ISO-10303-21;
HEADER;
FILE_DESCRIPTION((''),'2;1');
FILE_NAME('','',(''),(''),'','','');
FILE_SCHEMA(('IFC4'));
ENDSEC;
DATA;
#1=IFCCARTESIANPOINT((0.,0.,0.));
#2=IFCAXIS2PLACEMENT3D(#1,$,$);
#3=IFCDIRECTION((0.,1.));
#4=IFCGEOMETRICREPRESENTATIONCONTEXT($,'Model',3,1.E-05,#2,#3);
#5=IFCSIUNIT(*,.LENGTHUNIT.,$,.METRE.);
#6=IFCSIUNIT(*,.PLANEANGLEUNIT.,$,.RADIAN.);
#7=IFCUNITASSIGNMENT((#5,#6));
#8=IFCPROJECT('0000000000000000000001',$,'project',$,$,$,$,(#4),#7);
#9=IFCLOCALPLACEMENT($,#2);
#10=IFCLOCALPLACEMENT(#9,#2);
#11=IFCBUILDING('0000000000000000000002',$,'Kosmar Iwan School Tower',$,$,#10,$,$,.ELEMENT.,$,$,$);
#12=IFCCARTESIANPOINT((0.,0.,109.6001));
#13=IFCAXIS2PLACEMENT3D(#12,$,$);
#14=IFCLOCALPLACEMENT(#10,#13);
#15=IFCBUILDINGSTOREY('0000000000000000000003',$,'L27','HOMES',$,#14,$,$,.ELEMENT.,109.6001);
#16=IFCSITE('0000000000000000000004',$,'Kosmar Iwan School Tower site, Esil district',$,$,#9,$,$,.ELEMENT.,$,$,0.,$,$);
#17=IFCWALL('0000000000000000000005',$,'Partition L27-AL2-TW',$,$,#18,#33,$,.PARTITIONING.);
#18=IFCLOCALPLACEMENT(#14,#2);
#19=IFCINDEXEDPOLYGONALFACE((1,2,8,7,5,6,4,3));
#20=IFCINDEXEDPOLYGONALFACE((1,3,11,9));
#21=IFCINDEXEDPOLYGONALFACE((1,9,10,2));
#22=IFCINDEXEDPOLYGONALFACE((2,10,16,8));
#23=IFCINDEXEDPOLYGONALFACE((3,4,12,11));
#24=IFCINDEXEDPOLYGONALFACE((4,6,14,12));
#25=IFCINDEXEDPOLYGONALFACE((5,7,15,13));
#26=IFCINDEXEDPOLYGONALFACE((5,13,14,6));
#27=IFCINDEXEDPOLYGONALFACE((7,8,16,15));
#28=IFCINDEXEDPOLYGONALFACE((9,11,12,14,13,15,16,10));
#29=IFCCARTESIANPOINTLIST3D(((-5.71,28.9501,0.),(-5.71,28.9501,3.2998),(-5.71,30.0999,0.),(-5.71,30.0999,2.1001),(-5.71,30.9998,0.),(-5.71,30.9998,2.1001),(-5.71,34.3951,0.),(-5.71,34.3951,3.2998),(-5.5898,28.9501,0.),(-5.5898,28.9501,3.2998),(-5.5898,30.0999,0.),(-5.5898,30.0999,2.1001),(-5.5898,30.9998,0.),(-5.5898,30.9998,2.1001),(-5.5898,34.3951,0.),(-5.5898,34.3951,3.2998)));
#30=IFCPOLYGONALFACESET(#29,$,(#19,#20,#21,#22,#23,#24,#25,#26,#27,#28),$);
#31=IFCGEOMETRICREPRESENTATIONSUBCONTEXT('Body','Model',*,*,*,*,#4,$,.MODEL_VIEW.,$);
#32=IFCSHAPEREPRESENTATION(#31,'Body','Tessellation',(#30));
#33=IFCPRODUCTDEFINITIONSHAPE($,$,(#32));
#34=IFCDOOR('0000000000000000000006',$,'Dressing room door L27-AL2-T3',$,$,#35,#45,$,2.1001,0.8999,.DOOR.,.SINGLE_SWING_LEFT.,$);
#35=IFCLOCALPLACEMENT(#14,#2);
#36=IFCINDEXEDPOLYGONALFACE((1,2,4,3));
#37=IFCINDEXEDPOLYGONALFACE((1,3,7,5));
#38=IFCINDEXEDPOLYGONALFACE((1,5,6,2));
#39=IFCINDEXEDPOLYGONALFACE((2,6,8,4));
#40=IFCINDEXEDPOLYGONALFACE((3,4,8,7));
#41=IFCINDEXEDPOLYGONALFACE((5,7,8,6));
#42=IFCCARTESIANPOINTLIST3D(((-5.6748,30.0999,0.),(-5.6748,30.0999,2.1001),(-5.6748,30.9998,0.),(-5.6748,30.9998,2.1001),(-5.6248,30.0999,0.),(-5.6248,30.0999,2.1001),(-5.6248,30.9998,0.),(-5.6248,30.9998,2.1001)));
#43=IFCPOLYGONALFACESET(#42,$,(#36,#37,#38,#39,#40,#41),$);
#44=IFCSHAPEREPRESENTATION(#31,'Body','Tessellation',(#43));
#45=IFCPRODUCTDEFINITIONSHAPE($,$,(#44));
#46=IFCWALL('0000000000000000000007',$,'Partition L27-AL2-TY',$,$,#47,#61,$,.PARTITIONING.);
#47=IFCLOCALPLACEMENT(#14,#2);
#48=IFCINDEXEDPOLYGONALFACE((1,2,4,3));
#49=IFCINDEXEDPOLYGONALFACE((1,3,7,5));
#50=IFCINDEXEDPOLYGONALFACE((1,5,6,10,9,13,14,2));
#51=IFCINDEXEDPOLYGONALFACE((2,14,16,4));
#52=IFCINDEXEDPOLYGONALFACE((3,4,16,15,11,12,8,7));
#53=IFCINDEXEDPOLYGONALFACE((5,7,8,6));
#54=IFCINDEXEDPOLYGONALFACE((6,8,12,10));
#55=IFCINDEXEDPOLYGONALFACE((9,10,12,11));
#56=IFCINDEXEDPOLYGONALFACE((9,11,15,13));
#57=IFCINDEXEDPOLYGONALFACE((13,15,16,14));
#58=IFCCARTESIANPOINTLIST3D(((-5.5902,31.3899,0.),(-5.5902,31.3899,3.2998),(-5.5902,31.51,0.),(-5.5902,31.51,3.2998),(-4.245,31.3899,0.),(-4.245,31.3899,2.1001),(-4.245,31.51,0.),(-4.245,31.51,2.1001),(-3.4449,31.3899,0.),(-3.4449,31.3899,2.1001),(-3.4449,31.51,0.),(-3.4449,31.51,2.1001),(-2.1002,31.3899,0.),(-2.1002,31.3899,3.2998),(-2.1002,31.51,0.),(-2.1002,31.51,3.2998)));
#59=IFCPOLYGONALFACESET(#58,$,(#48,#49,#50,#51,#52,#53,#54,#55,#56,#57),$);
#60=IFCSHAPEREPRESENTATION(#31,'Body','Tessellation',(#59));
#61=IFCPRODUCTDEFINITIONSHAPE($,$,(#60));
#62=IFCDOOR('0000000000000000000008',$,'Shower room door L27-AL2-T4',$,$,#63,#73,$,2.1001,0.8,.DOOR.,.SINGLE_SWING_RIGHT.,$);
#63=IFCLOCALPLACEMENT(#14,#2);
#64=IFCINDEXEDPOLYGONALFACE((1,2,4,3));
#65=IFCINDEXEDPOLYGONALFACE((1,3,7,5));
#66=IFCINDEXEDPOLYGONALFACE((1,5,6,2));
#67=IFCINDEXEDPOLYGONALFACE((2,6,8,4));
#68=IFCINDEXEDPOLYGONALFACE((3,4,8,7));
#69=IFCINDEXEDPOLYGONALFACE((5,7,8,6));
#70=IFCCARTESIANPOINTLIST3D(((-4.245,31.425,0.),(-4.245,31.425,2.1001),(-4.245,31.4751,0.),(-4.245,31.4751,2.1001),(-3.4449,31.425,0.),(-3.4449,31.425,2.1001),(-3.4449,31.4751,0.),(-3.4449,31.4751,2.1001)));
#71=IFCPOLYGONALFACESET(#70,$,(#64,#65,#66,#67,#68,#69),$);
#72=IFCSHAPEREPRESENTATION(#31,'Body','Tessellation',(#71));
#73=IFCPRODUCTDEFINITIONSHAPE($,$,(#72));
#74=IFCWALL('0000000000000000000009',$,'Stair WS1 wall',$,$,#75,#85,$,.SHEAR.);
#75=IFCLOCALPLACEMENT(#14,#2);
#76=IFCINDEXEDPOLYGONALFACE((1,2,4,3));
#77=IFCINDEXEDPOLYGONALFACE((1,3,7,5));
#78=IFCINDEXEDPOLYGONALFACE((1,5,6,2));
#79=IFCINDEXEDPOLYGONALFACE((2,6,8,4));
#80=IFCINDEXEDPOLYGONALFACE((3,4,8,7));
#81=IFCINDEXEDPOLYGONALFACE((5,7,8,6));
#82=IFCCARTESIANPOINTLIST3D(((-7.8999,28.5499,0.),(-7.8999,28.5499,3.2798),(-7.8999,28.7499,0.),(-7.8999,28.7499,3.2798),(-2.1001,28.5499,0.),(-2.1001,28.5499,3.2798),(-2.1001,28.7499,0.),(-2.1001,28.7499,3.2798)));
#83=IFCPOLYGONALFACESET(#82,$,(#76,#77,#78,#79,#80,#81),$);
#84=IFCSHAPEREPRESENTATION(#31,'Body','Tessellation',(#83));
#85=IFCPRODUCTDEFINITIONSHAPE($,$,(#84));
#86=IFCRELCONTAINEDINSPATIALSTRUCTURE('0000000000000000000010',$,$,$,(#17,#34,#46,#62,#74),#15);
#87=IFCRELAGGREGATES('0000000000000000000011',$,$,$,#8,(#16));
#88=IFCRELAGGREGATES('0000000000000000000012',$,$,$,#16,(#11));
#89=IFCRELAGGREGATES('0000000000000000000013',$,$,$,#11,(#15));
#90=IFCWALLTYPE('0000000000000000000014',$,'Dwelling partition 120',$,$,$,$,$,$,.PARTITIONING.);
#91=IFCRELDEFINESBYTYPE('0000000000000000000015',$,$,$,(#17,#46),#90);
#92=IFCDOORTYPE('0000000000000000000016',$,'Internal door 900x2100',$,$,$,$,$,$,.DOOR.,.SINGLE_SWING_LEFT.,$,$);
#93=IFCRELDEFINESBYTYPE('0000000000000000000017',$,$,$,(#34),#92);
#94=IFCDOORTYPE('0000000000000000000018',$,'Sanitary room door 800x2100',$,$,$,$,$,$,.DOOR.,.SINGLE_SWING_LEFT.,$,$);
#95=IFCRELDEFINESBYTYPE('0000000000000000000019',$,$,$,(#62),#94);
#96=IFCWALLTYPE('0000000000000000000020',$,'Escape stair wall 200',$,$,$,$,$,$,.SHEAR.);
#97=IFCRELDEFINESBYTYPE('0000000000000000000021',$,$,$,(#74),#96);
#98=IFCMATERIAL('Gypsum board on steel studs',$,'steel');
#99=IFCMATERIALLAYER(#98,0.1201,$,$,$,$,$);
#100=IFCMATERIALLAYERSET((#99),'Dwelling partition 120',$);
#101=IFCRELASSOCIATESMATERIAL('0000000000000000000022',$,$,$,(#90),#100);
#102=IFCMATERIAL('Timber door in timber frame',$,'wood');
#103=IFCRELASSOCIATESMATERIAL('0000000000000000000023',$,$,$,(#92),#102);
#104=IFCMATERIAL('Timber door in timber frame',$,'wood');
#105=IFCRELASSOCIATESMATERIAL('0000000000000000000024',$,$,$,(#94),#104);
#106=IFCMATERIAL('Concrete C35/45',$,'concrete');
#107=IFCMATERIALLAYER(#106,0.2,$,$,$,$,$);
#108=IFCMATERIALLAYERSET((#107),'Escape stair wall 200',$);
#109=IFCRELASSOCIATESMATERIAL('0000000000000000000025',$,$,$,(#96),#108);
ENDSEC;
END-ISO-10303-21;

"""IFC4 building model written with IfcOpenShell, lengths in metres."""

from ifc_helpers import new_model, si_unit, direction, frame, frame_2d, origin, place, context, subcontext, project, spatial, rectangle, extrude, material, layer, layer_set, type_object, element, fill, save


model = new_model("IFC4")

# Units and contexts
model_context = context("Model", 3, precision=1e-05, world=origin(), true_north=direction((0.0, 1.0)))
body_context = subcontext(model_context, "Body", "Model", "MODEL_VIEW")
ifc_project = project(units=[si_unit("LENGTHUNIT", "METRE"), si_unit("PLANEANGLEUNIT", "RADIAN")], contexts=[model_context])

# Site, building, storey
site_placement = place(None, origin())
site = spatial("IfcSite", under=ifc_project, at=site_placement, Name="Kosmar Iwan School Tower site, Esil district", CompositionType="ELEMENT", RefElevation=0.0)
building_placement = place(site_placement, origin())
building = spatial("IfcBuilding", under=site, at=building_placement, Name="Kosmar Iwan School Tower", CompositionType="ELEMENT")
storey_placement = place(building_placement, frame((0.0, 0.0, 109.6001)))
storey = spatial("IfcBuildingStorey", under=building, at=storey_placement, Name="L27", Description="HOMES", CompositionType="ELEMENT", Elevation=109.6001)

# Walls, openings, doors
ifc_material_1 = material(Name="Gypsum board on steel studs", Category="steel")
ifc_layer_1 = layer(ifc_material_1, 0.1201)
ifc_layer_set_1 = layer_set([ifc_layer_1], Name="Dwelling partition 120")
wall_type_1 = type_object("IfcWallType", Name="Dwelling partition 120", PredefinedType="PARTITIONING", material=ifc_layer_set_1)
ifc_material_2 = material(Name="Timber door in timber frame", Category="wood")
door_type_1 = type_object("IfcDoorType", Name="Internal door 900x2100", OperationType="SINGLE_SWING_LEFT", PredefinedType="DOOR", material=ifc_material_2)
wall_1_placement = place(storey_placement, frame((-5.6499, 28.95, 0.0), z_axis=(0.0, 0.0, 1.0), x_axis=(0.0, 1.0, 0.0)))
wall_1 = element("IfcWall", 1, at=wall_1_placement, inside=storey, type_object=wall_type_1, Name="Partition L27-AL2-TW", PredefinedType="PARTITIONING", context=body_context, shape_type="SweptSolid", body=[
    extrude(rectangle(XDim=5.4451, YDim=0.1201, at=frame_2d((2.7227, 0.0))), origin(), (0.0, 0.0, 1.0), 3.2998),
])
opening_1_placement = place(wall_1_placement, frame((1.1499, 0.0, 0.0)))
opening_1 = element("IfcOpeningElement", 2, at=opening_1_placement, cuts=wall_1, PredefinedType="OPENING", context=body_context, shape_type="SweptSolid", body=[
    extrude(rectangle(XDim=0.8999, YDim=2.1001, at=frame_2d((0.45, 1.05))), frame((0.0, 0.072, 0.0), z_axis=(0.0, -1.0, 0.0), x_axis=(1.0, 0.0, 0.0)), (0.0, 0.0, 1.0), 0.144),
])
door_1_placement = place(opening_1_placement, origin())
door_1 = element("IfcDoor", 3, at=door_1_placement, inside=storey, type_object=door_type_1, Name="Dressing room door L27-AL2-T3", OperationType="SINGLE_SWING_LEFT", OverallHeight=2.1001, OverallWidth=0.8999, PredefinedType="DOOR", context=body_context, shape_type="SweptSolid", body=[
    extrude(rectangle(XDim=0.8999, YDim=2.1001, at=frame_2d((0.45, 1.05))), frame((0.0, 0.0249, 0.0), z_axis=(0.0, -1.0, 0.0), x_axis=(1.0, 0.0, 0.0)), (0.0, 0.0, 1.0), 0.05),
])
fill(opening_1, door_1)
wall_2_placement = place(storey_placement, frame((-2.1001, 31.45, 0.0), z_axis=(0.0, 0.0, 1.0), x_axis=(-1.0, 0.0, 0.0)))
wall_2 = element("IfcWall", 4, at=wall_2_placement, inside=storey, type_object=wall_type_1, Name="Partition L27-AL2-TY", PredefinedType="PARTITIONING", context=body_context, shape_type="SweptSolid", body=[
    extrude(rectangle(XDim=3.49, YDim=0.1201, at=frame_2d((1.7451, 0.0))), origin(), (0.0, 0.0, 1.0), 3.2998),
])
opening_2_placement = place(wall_2_placement, frame((1.345, 0.0, 0.0)))
opening_2 = element("IfcOpeningElement", 5, at=opening_2_placement, cuts=wall_2, PredefinedType="OPENING", context=body_context, shape_type="SweptSolid", body=[
    extrude(rectangle(XDim=0.8, YDim=2.1001, at=frame_2d((0.3999, 1.05))), frame((0.0, 0.072, 0.0), z_axis=(0.0, -1.0, 0.0), x_axis=(1.0, 0.0, 0.0)), (0.0, 0.0, 1.0), 0.144),
])
ifc_material_3 = material(Name="Timber door in timber frame", Category="wood")
door_type_2 = type_object("IfcDoorType", Name="Sanitary room door 800x2100", OperationType="SINGLE_SWING_LEFT", PredefinedType="DOOR", material=ifc_material_3)
door_2_placement = place(opening_2_placement, origin())
door_2 = element("IfcDoor", 6, at=door_2_placement, inside=storey, type_object=door_type_2, Name="Shower room door L27-AL2-T4", OperationType="SINGLE_SWING_RIGHT", OverallHeight=2.1001, OverallWidth=0.8, PredefinedType="DOOR", context=body_context, shape_type="SweptSolid", body=[
    extrude(rectangle(XDim=0.8, YDim=2.1001, at=frame_2d((0.3999, 1.05))), frame((0.0, 0.0249, 0.0), z_axis=(0.0, -1.0, 0.0), x_axis=(1.0, 0.0, 0.0)), (0.0, 0.0, 1.0), 0.05),
])
fill(opening_2, door_2)

# Wall
ifc_material_4 = material(Name="Concrete C35/45", Category="concrete")
ifc_layer_2 = layer(ifc_material_4, 0.2)
ifc_layer_set_2 = layer_set([ifc_layer_2], Name="Escape stair wall 200")
wall_type_2 = type_object("IfcWallType", Name="Escape stair wall 200", PredefinedType="SHEAR", material=ifc_layer_set_2)
wall_3_placement = place(storey_placement, frame((-2.1001, 28.6499, 0.0), z_axis=(0.0, 0.0, 1.0), x_axis=(-1.0, 0.0, 0.0)))
element("IfcWall", 7, at=wall_3_placement, inside=storey, type_object=wall_type_2, Name="Stair WS1 wall", PredefinedType="SHEAR", context=body_context, shape_type="SweptSolid", body=[
    extrude(rectangle(XDim=5.7998, YDim=0.2, at=frame_2d((2.8999, 0.0))), origin(), (0.0, 0.0, 1.0), 3.2798),
])

save(model, "model.ifc")
